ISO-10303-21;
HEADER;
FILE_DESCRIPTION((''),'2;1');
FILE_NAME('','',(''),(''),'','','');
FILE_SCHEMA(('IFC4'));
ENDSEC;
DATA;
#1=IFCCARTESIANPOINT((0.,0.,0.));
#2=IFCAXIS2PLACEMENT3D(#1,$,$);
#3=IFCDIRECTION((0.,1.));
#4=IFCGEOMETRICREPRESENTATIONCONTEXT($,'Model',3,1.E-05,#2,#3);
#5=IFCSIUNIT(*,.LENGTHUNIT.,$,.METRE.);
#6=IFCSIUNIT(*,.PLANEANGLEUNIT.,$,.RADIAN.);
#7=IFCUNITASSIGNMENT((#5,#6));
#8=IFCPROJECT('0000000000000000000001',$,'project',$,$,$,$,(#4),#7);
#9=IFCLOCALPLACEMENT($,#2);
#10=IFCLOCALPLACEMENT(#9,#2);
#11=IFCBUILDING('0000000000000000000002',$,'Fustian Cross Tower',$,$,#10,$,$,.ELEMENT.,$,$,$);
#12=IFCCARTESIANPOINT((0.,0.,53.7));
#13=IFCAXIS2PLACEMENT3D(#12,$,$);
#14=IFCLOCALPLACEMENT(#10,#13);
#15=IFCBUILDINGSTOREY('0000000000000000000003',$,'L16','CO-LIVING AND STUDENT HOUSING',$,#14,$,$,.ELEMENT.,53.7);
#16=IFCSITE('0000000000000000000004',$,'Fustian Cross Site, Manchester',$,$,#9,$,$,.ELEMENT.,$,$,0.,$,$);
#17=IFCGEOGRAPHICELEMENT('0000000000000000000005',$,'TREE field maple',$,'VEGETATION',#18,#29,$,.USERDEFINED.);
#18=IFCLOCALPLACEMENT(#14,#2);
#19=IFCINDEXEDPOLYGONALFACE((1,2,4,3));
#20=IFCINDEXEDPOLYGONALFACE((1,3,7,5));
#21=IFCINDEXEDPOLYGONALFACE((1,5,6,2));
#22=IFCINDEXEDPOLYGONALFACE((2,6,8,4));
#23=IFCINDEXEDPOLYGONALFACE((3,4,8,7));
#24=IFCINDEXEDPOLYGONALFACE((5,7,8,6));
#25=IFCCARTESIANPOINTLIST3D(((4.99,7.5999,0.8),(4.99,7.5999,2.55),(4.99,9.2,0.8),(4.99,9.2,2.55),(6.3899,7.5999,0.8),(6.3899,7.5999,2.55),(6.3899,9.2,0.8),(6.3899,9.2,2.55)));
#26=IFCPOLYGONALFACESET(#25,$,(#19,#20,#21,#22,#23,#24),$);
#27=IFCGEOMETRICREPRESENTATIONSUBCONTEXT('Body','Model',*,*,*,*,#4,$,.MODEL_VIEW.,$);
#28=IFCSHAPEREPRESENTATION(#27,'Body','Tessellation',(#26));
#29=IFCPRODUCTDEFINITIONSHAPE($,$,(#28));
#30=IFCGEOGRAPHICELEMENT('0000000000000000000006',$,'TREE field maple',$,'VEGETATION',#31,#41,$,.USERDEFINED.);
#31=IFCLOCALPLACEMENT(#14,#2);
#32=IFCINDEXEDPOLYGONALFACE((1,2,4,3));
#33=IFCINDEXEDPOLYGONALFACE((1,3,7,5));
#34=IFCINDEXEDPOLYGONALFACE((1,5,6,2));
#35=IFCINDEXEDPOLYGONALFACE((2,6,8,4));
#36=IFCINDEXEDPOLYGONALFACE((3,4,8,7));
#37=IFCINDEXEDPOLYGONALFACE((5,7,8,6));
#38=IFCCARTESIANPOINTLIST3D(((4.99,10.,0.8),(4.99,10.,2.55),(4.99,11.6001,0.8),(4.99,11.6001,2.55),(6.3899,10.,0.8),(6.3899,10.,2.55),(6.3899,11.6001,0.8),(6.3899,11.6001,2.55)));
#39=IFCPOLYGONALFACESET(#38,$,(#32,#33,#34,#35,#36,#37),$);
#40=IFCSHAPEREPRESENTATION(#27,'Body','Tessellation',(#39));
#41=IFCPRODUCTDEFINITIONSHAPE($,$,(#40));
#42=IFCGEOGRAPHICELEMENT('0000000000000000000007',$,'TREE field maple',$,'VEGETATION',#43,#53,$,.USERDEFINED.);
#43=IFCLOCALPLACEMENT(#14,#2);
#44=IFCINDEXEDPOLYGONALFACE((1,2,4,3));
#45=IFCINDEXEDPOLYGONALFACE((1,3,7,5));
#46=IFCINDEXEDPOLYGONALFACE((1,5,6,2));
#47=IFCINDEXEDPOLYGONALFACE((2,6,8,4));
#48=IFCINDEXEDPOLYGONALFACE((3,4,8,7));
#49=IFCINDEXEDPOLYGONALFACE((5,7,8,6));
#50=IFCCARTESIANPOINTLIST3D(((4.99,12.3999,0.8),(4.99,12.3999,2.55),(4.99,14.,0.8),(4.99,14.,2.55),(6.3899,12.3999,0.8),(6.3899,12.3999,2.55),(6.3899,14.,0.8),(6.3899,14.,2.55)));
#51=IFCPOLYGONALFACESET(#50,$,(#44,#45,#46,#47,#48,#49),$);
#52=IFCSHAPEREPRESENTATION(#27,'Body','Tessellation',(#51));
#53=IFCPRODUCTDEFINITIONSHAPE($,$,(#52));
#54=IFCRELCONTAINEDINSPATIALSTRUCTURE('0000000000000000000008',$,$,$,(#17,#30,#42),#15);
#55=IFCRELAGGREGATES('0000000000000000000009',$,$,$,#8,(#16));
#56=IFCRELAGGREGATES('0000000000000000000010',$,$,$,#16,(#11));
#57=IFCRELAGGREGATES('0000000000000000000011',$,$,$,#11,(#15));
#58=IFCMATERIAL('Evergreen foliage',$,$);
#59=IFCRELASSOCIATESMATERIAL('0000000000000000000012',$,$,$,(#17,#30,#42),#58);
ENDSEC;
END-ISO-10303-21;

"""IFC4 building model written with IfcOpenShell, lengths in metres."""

from ifc_helpers import new_model, si_unit, direction, frame, origin, origin_2d, place, context, subcontext, project, spatial, rectangle, extrude, material, element, save


model = new_model("IFC4")

# Units and contexts
model_context = context("Model", 3, precision=1e-05, world=origin(), true_north=direction((0.0, 1.0)))
body_context = subcontext(model_context, "Body", "Model", "MODEL_VIEW")
ifc_project = project(units=[si_unit("LENGTHUNIT", "METRE"), si_unit("PLANEANGLEUNIT", "RADIAN")], contexts=[model_context])

# Site, building, storey
site_placement = place(None, origin())
site = spatial("IfcSite", under=ifc_project, at=site_placement, Name="Fustian Cross Site, Manchester", CompositionType="ELEMENT", RefElevation=0.0)
building_placement = place(site_placement, origin())
building = spatial("IfcBuilding", under=site, at=building_placement, Name="Fustian Cross Tower", CompositionType="ELEMENT")
storey_placement = place(building_placement, frame((0.0, 0.0, 53.7)))
storey = spatial("IfcBuildingStorey", under=building, at=storey_placement, Name="L16", Description="CO-LIVING AND STUDENT HOUSING", CompositionType="ELEMENT", Elevation=53.7)

# Geographic elements
ifc_material_1 = material(Name="Evergreen foliage")
for number, where, z_axis, x_axis, name in (
    (1, (5.6899, 8.3999, 0.8), (0.0, 0.0, 1.0), (1.0, 0.0, 0.0), "TREE field maple"),
    (2, (5.6899, 10.8, 0.8), (0.0, 0.0, 1.0), (1.0, 0.0, 0.0), "TREE field maple"),
    (3, (5.6899, 13.2, 0.8), (0.0, 0.0, 1.0), (1.0, 0.0, 0.0), "TREE field maple"),
):
    element("IfcGeographicElement", number, at=place(storey_placement, frame(where, z_axis=z_axis, x_axis=x_axis)), inside=storey, material=ifc_material_1, Name=name, ObjectType="VEGETATION", PredefinedType="USERDEFINED", context=body_context, shape_type="SweptSolid", body=[
        extrude(rectangle(XDim=1.3999, YDim=1.6001, at=origin_2d()), origin(), (0.0, 0.0, 1.0), 1.75),
    ])

save(model, "model.ifc")
